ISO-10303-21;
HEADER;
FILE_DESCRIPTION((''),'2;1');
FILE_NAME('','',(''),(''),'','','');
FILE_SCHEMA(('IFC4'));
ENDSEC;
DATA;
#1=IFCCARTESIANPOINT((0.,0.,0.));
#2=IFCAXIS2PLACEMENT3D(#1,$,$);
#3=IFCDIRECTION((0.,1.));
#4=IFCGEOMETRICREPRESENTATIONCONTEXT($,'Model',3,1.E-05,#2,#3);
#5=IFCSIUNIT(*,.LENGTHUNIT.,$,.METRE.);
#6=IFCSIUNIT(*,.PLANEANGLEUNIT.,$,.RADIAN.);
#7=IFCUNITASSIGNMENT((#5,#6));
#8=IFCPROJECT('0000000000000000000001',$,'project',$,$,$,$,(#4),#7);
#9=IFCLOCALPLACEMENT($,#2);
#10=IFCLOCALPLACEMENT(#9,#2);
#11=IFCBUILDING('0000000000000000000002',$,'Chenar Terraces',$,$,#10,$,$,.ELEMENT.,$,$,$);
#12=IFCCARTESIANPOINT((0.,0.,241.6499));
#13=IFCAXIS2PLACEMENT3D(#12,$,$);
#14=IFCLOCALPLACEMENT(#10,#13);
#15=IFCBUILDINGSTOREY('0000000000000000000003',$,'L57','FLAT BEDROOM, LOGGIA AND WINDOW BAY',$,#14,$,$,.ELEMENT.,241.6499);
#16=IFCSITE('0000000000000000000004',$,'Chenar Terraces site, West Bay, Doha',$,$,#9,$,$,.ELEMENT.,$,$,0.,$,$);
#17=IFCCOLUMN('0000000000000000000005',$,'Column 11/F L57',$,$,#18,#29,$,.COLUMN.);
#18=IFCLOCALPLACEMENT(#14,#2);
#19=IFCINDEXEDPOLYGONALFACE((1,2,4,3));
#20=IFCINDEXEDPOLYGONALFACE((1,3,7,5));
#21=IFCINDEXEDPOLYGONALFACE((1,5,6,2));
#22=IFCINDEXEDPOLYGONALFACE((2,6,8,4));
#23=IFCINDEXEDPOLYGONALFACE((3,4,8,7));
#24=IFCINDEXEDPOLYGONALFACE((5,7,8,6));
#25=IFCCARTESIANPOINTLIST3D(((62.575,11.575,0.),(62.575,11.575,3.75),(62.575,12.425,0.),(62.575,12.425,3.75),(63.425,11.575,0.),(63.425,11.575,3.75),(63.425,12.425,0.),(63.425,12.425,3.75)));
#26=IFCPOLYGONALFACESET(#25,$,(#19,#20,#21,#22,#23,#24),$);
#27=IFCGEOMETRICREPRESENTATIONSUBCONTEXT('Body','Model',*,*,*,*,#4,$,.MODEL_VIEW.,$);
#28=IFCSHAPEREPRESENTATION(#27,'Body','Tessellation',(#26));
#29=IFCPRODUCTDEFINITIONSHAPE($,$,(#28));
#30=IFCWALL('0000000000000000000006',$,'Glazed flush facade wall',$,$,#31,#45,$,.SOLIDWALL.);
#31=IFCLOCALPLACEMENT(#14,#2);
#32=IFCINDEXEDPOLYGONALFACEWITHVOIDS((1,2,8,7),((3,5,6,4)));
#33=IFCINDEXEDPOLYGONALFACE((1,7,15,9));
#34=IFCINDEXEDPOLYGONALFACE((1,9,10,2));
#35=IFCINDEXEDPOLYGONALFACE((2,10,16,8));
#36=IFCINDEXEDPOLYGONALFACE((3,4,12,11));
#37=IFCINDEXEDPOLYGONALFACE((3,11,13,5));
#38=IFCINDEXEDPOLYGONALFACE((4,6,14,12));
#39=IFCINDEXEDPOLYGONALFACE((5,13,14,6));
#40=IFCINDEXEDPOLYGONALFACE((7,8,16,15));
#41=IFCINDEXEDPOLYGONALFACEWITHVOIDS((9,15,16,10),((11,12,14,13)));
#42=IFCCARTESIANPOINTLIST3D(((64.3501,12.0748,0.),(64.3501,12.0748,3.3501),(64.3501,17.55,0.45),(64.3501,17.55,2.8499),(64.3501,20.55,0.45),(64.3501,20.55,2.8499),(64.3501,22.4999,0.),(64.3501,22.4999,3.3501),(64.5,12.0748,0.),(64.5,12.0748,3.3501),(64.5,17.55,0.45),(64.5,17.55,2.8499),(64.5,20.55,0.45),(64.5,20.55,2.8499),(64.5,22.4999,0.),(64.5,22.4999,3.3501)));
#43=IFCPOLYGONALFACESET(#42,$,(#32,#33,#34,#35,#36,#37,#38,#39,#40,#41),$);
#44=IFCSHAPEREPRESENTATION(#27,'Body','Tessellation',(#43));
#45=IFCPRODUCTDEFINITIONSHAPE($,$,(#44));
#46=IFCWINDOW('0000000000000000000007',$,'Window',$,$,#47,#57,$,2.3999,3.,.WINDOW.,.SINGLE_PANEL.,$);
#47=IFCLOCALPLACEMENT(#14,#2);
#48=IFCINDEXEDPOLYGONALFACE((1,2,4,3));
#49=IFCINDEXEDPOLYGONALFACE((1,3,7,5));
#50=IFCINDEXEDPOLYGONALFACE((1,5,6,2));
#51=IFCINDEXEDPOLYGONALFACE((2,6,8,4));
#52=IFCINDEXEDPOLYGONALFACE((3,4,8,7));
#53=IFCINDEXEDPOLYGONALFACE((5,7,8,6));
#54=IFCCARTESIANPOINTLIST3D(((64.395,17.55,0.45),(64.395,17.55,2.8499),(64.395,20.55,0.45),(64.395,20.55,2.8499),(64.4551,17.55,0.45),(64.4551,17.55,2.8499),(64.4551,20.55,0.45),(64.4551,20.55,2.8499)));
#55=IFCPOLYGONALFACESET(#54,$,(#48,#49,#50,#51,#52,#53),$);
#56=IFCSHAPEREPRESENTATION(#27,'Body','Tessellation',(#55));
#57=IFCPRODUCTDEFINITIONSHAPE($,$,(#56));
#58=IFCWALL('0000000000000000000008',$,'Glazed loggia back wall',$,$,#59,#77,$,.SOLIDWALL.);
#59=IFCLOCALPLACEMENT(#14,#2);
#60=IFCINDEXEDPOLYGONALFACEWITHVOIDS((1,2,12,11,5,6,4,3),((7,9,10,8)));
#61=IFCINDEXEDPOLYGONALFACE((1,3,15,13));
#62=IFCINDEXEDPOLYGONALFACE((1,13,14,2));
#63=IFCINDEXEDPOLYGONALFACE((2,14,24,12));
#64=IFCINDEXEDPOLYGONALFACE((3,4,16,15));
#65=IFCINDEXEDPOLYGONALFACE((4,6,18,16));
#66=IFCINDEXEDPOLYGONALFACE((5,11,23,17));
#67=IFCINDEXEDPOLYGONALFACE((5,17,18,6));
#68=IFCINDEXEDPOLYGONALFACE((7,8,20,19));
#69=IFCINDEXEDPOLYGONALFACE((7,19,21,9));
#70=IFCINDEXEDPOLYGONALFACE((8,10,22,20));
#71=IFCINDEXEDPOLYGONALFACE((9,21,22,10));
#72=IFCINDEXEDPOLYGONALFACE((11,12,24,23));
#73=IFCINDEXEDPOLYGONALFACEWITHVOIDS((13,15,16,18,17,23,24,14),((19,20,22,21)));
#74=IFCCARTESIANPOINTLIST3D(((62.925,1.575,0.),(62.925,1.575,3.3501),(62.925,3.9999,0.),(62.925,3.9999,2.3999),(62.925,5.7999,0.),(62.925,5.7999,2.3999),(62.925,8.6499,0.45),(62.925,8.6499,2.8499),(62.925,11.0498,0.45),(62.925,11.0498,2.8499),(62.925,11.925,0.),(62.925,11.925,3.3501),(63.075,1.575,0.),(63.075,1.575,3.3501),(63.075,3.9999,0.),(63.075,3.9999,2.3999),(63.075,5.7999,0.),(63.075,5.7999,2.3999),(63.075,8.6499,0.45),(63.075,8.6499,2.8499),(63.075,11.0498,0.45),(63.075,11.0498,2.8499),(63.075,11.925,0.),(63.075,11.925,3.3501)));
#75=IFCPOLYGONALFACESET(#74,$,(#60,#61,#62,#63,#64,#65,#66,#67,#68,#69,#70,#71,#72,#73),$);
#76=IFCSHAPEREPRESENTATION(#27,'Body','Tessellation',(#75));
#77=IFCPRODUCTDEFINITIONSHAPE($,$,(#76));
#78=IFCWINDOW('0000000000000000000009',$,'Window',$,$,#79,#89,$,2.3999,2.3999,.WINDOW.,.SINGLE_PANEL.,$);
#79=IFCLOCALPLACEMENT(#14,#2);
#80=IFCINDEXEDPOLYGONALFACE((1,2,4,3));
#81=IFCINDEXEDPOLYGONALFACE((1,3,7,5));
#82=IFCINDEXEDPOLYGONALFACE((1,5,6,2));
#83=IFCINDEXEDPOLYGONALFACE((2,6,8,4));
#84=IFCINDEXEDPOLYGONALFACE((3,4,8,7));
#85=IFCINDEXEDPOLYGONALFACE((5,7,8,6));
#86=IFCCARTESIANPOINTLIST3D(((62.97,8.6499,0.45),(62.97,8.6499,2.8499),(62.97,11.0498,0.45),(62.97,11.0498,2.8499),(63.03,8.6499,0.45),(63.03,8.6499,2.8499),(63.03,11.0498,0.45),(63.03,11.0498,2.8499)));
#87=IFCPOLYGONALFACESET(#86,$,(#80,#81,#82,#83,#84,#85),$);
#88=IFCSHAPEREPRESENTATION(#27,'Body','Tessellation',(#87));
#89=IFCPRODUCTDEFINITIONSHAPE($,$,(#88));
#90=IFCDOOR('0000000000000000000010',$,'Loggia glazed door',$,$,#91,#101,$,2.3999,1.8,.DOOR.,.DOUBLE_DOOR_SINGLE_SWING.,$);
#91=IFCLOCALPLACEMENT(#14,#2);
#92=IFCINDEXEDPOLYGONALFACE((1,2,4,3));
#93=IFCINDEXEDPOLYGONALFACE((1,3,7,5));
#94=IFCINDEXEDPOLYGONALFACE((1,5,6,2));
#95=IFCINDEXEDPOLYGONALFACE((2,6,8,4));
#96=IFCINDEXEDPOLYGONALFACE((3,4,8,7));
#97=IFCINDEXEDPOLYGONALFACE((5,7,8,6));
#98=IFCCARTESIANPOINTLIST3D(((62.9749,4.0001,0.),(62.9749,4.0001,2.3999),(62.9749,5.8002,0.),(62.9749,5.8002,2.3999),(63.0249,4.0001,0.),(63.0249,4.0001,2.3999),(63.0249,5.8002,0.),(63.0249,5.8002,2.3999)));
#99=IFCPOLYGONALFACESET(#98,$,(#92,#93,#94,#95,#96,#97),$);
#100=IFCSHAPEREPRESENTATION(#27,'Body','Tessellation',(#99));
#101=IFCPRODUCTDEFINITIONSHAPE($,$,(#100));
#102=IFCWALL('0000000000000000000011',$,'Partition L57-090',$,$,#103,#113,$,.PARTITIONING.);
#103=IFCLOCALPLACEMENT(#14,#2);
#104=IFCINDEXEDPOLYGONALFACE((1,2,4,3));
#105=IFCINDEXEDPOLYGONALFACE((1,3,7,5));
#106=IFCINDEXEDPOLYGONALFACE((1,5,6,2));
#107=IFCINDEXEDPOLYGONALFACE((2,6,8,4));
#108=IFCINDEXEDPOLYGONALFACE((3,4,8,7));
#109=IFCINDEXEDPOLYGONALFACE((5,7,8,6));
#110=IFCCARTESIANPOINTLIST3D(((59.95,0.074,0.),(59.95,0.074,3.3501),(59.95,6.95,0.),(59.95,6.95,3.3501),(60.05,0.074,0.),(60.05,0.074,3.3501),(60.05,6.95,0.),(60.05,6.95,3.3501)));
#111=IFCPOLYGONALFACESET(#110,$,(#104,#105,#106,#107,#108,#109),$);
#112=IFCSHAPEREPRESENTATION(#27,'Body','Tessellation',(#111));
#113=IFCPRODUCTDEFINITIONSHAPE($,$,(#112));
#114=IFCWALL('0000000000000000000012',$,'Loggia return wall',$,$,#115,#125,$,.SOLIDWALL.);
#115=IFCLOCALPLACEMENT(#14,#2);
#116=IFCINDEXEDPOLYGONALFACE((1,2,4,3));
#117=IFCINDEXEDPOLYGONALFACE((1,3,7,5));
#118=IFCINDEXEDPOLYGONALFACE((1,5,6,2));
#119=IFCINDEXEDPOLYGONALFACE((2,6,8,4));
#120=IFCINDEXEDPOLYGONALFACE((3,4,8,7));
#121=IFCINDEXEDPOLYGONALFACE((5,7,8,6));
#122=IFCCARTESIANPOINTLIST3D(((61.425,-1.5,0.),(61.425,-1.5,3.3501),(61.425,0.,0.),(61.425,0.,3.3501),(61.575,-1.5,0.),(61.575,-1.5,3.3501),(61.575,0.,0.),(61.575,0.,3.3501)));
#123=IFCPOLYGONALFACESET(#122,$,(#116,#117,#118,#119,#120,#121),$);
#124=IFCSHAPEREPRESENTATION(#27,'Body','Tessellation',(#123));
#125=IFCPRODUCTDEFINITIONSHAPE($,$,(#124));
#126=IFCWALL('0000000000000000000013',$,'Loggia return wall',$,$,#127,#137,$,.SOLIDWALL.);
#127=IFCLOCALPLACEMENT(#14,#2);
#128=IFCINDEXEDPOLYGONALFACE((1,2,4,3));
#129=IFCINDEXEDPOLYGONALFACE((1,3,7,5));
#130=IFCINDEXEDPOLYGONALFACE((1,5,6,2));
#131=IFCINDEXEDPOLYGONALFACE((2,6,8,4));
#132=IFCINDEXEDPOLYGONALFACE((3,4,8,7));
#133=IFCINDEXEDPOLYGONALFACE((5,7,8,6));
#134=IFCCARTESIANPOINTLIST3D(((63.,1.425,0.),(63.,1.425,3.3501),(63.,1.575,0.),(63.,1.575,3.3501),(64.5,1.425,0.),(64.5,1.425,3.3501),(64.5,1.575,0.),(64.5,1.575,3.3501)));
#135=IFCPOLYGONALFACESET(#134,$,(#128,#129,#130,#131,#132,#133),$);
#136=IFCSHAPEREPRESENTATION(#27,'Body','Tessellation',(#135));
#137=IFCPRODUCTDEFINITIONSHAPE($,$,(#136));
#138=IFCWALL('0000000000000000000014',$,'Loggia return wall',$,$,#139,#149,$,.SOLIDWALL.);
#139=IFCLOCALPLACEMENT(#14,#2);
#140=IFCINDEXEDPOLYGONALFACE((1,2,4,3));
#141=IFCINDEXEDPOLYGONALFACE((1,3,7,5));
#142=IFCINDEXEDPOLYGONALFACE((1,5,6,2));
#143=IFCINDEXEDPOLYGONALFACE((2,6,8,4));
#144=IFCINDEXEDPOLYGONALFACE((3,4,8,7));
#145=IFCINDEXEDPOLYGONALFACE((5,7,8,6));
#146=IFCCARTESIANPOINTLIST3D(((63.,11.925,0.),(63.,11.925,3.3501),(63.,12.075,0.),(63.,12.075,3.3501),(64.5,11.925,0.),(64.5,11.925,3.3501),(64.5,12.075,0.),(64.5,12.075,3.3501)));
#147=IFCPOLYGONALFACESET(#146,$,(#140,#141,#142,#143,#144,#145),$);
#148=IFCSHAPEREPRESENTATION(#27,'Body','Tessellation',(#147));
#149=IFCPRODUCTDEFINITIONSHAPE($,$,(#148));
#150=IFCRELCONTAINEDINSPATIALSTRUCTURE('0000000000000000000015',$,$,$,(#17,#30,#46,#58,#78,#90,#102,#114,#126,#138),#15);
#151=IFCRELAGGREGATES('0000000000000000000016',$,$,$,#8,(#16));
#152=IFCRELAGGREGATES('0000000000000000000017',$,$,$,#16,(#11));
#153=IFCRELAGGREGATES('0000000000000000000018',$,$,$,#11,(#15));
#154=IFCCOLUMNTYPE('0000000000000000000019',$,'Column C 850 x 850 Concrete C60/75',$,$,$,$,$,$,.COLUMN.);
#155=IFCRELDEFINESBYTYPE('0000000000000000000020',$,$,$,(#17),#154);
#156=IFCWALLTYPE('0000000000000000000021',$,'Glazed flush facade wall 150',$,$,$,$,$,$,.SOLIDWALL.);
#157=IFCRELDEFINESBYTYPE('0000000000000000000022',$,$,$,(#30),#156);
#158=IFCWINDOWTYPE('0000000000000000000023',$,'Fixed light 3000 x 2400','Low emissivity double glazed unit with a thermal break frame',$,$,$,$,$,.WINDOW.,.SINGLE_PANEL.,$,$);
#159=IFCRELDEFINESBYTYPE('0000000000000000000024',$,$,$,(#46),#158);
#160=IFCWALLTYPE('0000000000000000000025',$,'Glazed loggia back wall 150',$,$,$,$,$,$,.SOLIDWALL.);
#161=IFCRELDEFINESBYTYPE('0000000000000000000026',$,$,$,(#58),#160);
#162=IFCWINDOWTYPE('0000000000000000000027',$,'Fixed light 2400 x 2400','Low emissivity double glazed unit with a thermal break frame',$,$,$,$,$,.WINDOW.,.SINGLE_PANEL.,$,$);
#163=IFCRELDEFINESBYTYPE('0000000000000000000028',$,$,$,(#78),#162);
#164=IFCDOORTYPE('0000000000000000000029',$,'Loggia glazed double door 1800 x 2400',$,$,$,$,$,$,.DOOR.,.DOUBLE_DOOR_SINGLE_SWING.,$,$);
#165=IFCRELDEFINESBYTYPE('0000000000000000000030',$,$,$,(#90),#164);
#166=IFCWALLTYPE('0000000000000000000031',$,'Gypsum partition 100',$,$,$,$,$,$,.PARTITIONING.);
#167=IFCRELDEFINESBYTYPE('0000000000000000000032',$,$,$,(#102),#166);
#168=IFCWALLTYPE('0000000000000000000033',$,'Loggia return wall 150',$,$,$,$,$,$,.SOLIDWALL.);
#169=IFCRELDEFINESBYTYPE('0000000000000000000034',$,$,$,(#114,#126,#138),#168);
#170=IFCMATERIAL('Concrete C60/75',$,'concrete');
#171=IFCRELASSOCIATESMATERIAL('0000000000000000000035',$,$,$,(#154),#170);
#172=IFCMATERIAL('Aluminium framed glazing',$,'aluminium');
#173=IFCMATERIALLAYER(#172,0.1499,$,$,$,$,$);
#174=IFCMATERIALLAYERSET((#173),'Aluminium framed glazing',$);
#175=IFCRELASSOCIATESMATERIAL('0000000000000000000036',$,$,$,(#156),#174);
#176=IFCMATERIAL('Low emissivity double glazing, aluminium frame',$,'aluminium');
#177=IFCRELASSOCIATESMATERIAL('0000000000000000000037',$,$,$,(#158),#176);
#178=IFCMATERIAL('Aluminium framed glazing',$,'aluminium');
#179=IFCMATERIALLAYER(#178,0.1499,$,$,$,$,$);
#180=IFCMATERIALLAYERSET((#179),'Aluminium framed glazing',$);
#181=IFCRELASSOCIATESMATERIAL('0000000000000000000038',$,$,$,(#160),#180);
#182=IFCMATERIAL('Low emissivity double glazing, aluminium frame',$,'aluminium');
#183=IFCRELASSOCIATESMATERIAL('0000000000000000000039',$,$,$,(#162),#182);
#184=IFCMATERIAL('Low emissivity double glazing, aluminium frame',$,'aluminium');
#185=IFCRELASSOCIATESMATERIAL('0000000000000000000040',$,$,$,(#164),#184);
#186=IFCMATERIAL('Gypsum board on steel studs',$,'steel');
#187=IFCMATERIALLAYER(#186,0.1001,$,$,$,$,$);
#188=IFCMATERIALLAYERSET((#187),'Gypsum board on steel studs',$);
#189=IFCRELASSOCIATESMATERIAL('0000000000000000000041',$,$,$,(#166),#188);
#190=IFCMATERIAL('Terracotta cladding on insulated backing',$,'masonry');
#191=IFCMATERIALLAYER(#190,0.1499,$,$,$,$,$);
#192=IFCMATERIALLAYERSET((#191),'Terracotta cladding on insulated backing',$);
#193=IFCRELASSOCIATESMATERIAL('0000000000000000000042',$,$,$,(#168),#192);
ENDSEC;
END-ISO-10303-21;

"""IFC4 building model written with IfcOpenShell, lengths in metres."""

from ifc_helpers import new_model, si_unit, direction, frame, frame_2d, origin, origin_2d, place, context, subcontext, project, spatial, rectangle, extrude, material, layer, layer_set, material_profile, profile_set, type_object, element, fill, save


model = new_model("IFC4")

# Units and contexts
model_context = context("Model", 3, precision=1e-05, world=origin(), true_north=direction((0.0, 1.0)))
body_context = subcontext(model_context, "Body", "Model", "MODEL_VIEW")
ifc_project = project(units=[si_unit("LENGTHUNIT", "METRE"), si_unit("PLANEANGLEUNIT", "RADIAN")], contexts=[model_context])

# Site, building, storey
site_placement = place(None, origin())
site = spatial("IfcSite", under=ifc_project, at=site_placement, Name="Chenar Terraces site, West Bay, Doha", CompositionType="ELEMENT", RefElevation=0.0)
building_placement = place(site_placement, origin())
building = spatial("IfcBuilding", under=site, at=building_placement, Name="Chenar Terraces", CompositionType="ELEMENT")
storey_placement = place(building_placement, frame((0.0, 0.0, 241.6499)))
storey = spatial("IfcBuildingStorey", under=building, at=storey_placement, Name="L57", Description="FLAT BEDROOM, LOGGIA AND WINDOW BAY", CompositionType="ELEMENT", Elevation=241.6499)

# Column
ifc_material_1 = material(Name="Concrete C60/75", Category="concrete")
ifc_material_profile = material_profile(ifc_material_1, rectangle(XDim=0.8501, YDim=0.8501, at=origin_2d()), Name="C 850 x 850")
ifc_profile_set = profile_set([ifc_material_profile], Name="Concrete C60/75")
column_type = type_object("IfcColumnType", Name="Column C 850 x 850 Concrete C60/75", PredefinedType="COLUMN", material=ifc_profile_set)
column_placement = place(storey_placement, frame((63.0, 12.0, 0.0), z_axis=(0.0, 0.0, 1.0), x_axis=(1.0, 0.0, 0.0)))
element("IfcColumn", 1, at=column_placement, inside=storey, type_object=column_type, Name="Column 11/F L57", PredefinedType="COLUMN", context=body_context, shape_type="SweptSolid", body=[
    extrude(rectangle(XDim=0.8501, YDim=0.8501, at=origin_2d()), origin(), (0.0, 0.0, 1.0), 3.75),
])

# Wall, opening, window
ifc_material_2 = material(Name="Aluminium framed glazing", Category="aluminium")
ifc_layer_1 = layer(ifc_material_2, 0.1499)
ifc_layer_set_1 = layer_set([ifc_layer_1], Name="Aluminium framed glazing")
wall_type_1 = type_object("IfcWallType", Name="Glazed flush facade wall 150", PredefinedType="SOLIDWALL", material=ifc_layer_set_1)
wall_1_placement = place(storey_placement, frame((64.425, 12.075, 0.0), z_axis=(0.0, 0.0, 1.0), x_axis=(0.0, 1.0, 0.0)))
wall_1 = element("IfcWall", 2, at=wall_1_placement, inside=storey, type_object=wall_type_1, Name="Glazed flush facade wall", PredefinedType="SOLIDWALL", context=body_context, shape_type="SweptSolid", body=[
    extrude(rectangle(XDim=10.425, YDim=0.1499, at=frame_2d((5.2124, 0.0))), origin(), (0.0, 0.0, 1.0), 3.3501),
])
opening_1_placement = place(wall_1_placement, frame((5.4751, 0.0, 0.45)))
opening_1 = element("IfcOpeningElement", 3, at=opening_1_placement, cuts=wall_1, PredefinedType="OPENING", context=body_context, shape_type="SweptSolid", body=[
    extrude(rectangle(XDim=3.0, YDim=2.3999, at=frame_2d((1.5, 1.2))), frame((0.0, 0.085, 0.0), z_axis=(0.0, -1.0, 0.0), x_axis=(1.0, 0.0, 0.0)), (0.0, 0.0, 1.0), 0.1699),
])
ifc_material_3 = material(Name="Low emissivity double glazing, aluminium frame", Category="aluminium")
window_type_1 = type_object("IfcWindowType", Name="Fixed light 3000 x 2400", Description="Low emissivity double glazed unit with a thermal break frame", PartitioningType="SINGLE_PANEL", PredefinedType="WINDOW", material=ifc_material_3)
window_1_placement = place(opening_1_placement, origin())
window_1 = element("IfcWindow", 4, at=window_1_placement, inside=storey, type_object=window_type_1, Name="Window", OverallHeight=2.3999, OverallWidth=3.0, PartitioningType="SINGLE_PANEL", PredefinedType="WINDOW", context=body_context, shape_type="SweptSolid", body=[
    extrude(rectangle(XDim=3.0, YDim=2.3999, at=frame_2d((1.5, 1.2))), frame((0.0, 0.03, 0.0), z_axis=(0.0, -1.0, 0.0), x_axis=(1.0, 0.0, 0.0)), (0.0, 0.0, 1.0), 0.0601),
])
fill(opening_1, window_1)

# Wall, openings, window, door
ifc_material_4 = material(Name="Aluminium framed glazing", Category="aluminium")
ifc_layer_2 = layer(ifc_material_4, 0.1499)
ifc_layer_set_2 = layer_set([ifc_layer_2], Name="Aluminium framed glazing")
wall_type_2 = type_object("IfcWallType", Name="Glazed loggia back wall 150", PredefinedType="SOLIDWALL", material=ifc_layer_set_2)
wall_2_placement = place(storey_placement, frame((63.0, 1.575, 0.0), z_axis=(0.0, 0.0, 1.0), x_axis=(0.0, 1.0, 0.0)))
wall_2 = element("IfcWall", 5, at=wall_2_placement, inside=storey, type_object=wall_type_2, Name="Glazed loggia back wall", PredefinedType="SOLIDWALL", context=body_context, shape_type="SweptSolid", body=[
    extrude(rectangle(XDim=10.3501, YDim=0.1499, at=frame_2d((5.175, 0.0))), origin(), (0.0, 0.0, 1.0), 3.3501),
])
opening_2_placement = place(wall_2_placement, frame((2.425, 0.0, 0.0)))
opening_2 = element("IfcOpeningElement", 6, at=opening_2_placement, cuts=wall_2, PredefinedType="OPENING", context=body_context, shape_type="SweptSolid", body=[
    extrude(rectangle(XDim=1.8, YDim=2.3999, at=frame_2d((0.8999, 1.2))), frame((0.0, 0.085, 0.0), z_axis=(0.0, -1.0, 0.0), x_axis=(1.0, 0.0, 0.0)), (0.0, 0.0, 1.0), 0.1699),
])
opening_3_placement = place(wall_2_placement, frame((7.075, 0.0, 0.45)))
opening_3 = element("IfcOpeningElement", 7, at=opening_3_placement, cuts=wall_2, PredefinedType="OPENING", context=body_context, shape_type="SweptSolid", body=[
    extrude(rectangle(XDim=2.3999, YDim=2.3999, at=frame_2d((1.2, 1.2))), frame((0.0, 0.085, 0.0), z_axis=(0.0, -1.0, 0.0), x_axis=(1.0, 0.0, 0.0)), (0.0, 0.0, 1.0), 0.1699),
])
ifc_material_5 = material(Name="Low emissivity double glazing, aluminium frame", Category="aluminium")
window_type_2 = type_object("IfcWindowType", Name="Fixed light 2400 x 2400", Description="Low emissivity double glazed unit with a thermal break frame", PartitioningType="SINGLE_PANEL", PredefinedType="WINDOW", material=ifc_material_5)
window_2_placement = place(opening_3_placement, origin())
window_2 = element("IfcWindow", 8, at=window_2_placement, inside=storey, type_object=window_type_2, Name="Window", OverallHeight=2.3999, OverallWidth=2.3999, PartitioningType="SINGLE_PANEL", PredefinedType="WINDOW", context=body_context, shape_type="SweptSolid", body=[
    extrude(rectangle(XDim=2.3999, YDim=2.3999, at=frame_2d((1.2, 1.2))), frame((0.0, 0.03, 0.0), z_axis=(0.0, -1.0, 0.0), x_axis=(1.0, 0.0, 0.0)), (0.0, 0.0, 1.0), 0.0601),
])
fill(opening_3, window_2)
ifc_material_6 = material(Name="Low emissivity double glazing, aluminium frame", Category="aluminium")
door_type_1 = type_object("IfcDoorType", Name="Loggia glazed double door 1800 x 2400", OperationType="DOUBLE_DOOR_SINGLE_SWING", PredefinedType="DOOR", material=ifc_material_6)
door_1_placement = place(opening_2_placement, frame((1.8, 0.0, 0.0), z_axis=(0.0, 0.0, 1.0), x_axis=(-1.0, 0.0, 0.0)))
door_1 = element("IfcDoor", 9, at=door_1_placement, inside=storey, type_object=door_type_1, Name="Loggia glazed door", OperationType="DOUBLE_DOOR_SINGLE_SWING", OverallHeight=2.3999, OverallWidth=1.8, PredefinedType="DOOR", context=body_context, shape_type="SweptSolid", body=[
    extrude(rectangle(XDim=1.8, YDim=2.3999, at=frame_2d((0.8999, 1.2))), frame((0.0, 0.0249, 0.0), z_axis=(0.0, -1.0, 0.0), x_axis=(1.0, 0.0, 0.0)), (0.0, 0.0, 1.0), 0.05),
])
fill(opening_2, door_1)

# Walls
ifc_material_7 = material(Name="Gypsum board on steel studs", Category="steel")
ifc_layer_3 = layer(ifc_material_7, 0.1001)
ifc_layer_set_3 = layer_set([ifc_layer_3], Name="Gypsum board on steel studs")
wall_type_3 = type_object("IfcWallType", Name="Gypsum partition 100", PredefinedType="PARTITIONING", material=ifc_layer_set_3)
wall_3_placement = place(storey_placement, frame((60.0, 0.074, 0.0), z_axis=(0.0, 0.0, 1.0), x_axis=(0.0, 1.0, 0.0)))
element("IfcWall", 10, at=wall_3_placement, inside=storey, type_object=wall_type_3, Name="Partition L57-090", PredefinedType="PARTITIONING", context=body_context, shape_type="SweptSolid", body=[
    extrude(rectangle(XDim=6.876, YDim=0.1001, at=frame_2d((3.438, 0.0))), origin(), (0.0, 0.0, 1.0), 3.3501),
])
ifc_material_8 = material(Name="Terracotta cladding on insulated backing", Category="masonry")
ifc_layer_4 = layer(ifc_material_8, 0.1499)
ifc_layer_set_4 = layer_set([ifc_layer_4], Name="Terracotta cladding on insulated backing")
wall_type_4 = type_object("IfcWallType", Name="Loggia return wall 150", PredefinedType="SOLIDWALL", material=ifc_layer_set_4)
for number, where, z_axis, x_axis, name in (
    (11, (61.5, -1.5, 0.0), (0.0, 0.0, 1.0), (0.0, 1.0, 0.0), "Loggia return wall"),
    (12, (64.5, 1.5, 0.0), (0.0, 0.0, 1.0), (-1.0, 0.0, 0.0), "Loggia return wall"),
    (13, (64.5, 12.0, 0.0), (0.0, 0.0, 1.0), (-1.0, 0.0, 0.0), "Loggia return wall"),
):
    element("IfcWall", number, at=place(storey_placement, frame(where, z_axis=z_axis, x_axis=x_axis)), inside=storey, type_object=wall_type_4, Name=name, PredefinedType="SOLIDWALL", context=body_context, shape_type="SweptSolid", body=[
        extrude(rectangle(XDim=1.5, YDim=0.1499, at=frame_2d((0.75, 0.0))), origin(), (0.0, 0.0, 1.0), 3.3501),
    ])

save(model, "model.ifc")
